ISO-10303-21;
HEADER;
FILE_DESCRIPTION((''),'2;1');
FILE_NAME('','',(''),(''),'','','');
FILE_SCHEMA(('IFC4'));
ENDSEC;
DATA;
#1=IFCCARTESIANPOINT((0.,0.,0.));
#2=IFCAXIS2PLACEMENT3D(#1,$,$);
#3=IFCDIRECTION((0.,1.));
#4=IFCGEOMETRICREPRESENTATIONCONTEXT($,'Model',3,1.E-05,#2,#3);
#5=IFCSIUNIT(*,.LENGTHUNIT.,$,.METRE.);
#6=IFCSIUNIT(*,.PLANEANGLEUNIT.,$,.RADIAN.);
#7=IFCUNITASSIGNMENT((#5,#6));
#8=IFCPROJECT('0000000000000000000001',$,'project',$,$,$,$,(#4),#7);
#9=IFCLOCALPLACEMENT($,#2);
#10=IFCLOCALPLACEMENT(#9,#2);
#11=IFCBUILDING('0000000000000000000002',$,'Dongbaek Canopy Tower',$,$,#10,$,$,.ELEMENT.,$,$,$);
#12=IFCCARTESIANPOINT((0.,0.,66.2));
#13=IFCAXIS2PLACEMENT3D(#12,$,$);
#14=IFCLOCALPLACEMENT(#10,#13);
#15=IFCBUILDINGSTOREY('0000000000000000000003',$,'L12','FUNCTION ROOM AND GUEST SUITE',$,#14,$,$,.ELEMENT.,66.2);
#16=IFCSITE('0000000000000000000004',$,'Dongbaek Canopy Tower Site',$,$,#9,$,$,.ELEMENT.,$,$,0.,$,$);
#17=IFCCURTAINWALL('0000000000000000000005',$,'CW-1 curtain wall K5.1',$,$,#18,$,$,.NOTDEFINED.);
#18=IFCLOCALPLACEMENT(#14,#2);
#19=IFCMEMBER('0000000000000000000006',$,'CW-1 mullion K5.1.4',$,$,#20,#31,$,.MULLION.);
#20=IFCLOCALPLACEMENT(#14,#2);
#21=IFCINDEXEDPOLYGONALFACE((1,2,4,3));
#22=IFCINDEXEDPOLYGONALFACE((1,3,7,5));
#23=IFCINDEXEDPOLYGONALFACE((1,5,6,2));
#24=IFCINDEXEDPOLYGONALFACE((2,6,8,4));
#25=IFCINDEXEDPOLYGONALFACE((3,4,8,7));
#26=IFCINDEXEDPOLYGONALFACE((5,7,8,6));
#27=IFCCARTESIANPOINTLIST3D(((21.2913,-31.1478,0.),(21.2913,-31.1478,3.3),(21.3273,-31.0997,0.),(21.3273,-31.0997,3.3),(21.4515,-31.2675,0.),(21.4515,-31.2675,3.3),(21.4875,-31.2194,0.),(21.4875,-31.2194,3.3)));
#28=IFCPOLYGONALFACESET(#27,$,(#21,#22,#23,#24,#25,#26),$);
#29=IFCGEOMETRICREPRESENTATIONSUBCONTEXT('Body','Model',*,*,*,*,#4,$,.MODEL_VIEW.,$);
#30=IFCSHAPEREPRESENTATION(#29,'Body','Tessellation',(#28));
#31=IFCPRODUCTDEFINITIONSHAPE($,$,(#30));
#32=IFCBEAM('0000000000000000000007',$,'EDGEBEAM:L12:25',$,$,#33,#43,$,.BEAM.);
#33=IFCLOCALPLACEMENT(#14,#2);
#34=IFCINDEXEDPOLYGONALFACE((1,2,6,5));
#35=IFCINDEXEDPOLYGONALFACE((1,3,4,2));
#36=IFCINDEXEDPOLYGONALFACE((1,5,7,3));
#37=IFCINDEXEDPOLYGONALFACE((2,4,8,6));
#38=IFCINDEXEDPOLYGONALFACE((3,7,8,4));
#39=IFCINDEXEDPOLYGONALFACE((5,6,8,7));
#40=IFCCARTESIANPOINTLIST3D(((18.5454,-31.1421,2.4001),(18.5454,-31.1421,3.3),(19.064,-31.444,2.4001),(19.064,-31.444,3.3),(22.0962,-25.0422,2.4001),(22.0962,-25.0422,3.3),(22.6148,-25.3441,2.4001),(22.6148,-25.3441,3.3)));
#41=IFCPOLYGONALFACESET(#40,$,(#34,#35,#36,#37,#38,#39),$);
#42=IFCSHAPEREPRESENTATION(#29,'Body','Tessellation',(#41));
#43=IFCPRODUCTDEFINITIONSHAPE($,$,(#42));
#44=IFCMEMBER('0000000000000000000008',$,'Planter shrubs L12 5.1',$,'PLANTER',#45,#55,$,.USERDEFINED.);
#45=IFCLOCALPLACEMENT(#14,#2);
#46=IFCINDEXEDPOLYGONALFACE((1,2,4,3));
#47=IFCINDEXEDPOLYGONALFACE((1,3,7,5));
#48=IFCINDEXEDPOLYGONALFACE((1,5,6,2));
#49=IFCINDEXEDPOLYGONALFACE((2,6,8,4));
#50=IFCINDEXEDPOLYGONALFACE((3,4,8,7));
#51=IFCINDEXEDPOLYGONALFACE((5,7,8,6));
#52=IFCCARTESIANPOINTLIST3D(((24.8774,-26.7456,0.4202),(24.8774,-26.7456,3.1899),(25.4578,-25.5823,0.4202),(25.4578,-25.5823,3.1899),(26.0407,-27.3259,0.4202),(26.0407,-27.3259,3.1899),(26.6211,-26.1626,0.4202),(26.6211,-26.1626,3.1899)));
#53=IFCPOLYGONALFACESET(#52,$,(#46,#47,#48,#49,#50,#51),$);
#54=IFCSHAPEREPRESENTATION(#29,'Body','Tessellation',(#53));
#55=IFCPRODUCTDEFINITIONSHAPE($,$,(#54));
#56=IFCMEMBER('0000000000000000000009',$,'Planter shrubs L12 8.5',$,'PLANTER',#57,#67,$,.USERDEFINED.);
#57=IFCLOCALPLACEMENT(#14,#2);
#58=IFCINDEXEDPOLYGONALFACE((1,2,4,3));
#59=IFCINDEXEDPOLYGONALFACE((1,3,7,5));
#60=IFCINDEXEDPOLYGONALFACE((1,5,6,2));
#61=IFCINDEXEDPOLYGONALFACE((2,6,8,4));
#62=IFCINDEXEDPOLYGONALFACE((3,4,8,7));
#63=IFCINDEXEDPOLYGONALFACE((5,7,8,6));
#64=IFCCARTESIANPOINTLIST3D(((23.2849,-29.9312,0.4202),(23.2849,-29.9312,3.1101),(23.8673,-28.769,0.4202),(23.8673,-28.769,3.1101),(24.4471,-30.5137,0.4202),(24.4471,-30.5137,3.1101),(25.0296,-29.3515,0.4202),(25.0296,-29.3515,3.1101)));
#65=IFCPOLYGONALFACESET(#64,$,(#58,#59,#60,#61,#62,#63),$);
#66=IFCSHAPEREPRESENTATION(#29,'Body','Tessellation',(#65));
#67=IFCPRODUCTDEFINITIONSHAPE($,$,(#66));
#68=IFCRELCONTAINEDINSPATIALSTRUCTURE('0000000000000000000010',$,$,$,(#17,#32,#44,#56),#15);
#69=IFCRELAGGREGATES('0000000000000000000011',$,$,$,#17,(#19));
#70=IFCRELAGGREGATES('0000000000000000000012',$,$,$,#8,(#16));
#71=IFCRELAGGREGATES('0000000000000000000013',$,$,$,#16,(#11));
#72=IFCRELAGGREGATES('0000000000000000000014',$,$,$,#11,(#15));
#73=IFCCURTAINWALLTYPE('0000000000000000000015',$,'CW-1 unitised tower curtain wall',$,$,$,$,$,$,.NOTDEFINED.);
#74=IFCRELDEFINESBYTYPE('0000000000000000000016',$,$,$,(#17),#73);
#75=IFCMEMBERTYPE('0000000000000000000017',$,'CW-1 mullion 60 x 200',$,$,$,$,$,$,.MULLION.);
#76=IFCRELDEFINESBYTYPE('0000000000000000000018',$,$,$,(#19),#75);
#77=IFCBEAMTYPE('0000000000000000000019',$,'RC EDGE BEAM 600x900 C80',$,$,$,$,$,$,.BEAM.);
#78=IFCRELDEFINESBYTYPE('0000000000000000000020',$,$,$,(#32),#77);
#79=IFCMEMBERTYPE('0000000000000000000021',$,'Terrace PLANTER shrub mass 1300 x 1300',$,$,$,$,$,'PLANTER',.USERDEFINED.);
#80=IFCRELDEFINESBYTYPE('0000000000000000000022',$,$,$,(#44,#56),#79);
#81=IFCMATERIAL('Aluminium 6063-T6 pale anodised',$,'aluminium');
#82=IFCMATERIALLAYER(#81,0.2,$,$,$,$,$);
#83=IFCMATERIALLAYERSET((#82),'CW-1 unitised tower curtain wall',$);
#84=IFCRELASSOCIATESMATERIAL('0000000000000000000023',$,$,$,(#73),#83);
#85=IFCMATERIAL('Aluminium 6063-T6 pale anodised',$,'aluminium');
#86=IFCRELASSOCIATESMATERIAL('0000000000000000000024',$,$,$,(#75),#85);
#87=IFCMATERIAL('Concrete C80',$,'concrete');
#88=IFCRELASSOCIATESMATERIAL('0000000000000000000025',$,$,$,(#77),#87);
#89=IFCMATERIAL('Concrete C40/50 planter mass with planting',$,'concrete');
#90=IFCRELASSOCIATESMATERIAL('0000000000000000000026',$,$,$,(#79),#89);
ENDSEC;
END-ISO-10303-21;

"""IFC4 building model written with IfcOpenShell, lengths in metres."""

from ifc_helpers import new_model, si_unit, direction, frame, origin, origin_2d, place, context, subcontext, project, spatial, rectangle, extrude, material, layer, layer_set, material_profile, profile_set, type_object, element, aggregate, save


model = new_model("IFC4")

# Units and contexts
model_context = context("Model", 3, precision=1e-05, world=origin(), true_north=direction((0.0, 1.0)))
body_context = subcontext(model_context, "Body", "Model", "MODEL_VIEW")
ifc_project = project(units=[si_unit("LENGTHUNIT", "METRE"), si_unit("PLANEANGLEUNIT", "RADIAN")], contexts=[model_context])

# Site, building, storey
site_placement = place(None, origin())
site = spatial("IfcSite", under=ifc_project, at=site_placement, Name="Dongbaek Canopy Tower Site", CompositionType="ELEMENT", RefElevation=0.0)
building_placement = place(site_placement, origin())
building = spatial("IfcBuilding", under=site, at=building_placement, Name="Dongbaek Canopy Tower", CompositionType="ELEMENT")
storey_placement = place(building_placement, frame((0.0, 0.0, 66.2)))
storey = spatial("IfcBuildingStorey", under=building, at=storey_placement, Name="L12", Description="FUNCTION ROOM AND GUEST SUITE", CompositionType="ELEMENT", Elevation=66.2)

# Curtain wall, member
ifc_material_1 = material(Name="Aluminium 6063-T6 pale anodised", Category="aluminium")
ifc_layer_1 = layer(ifc_material_1, 0.2)
ifc_layer_set_1 = layer_set([ifc_layer_1], Name="CW-1 unitised tower curtain wall")
curtain_wall_type = type_object("IfcCurtainWallType", Name="CW-1 unitised tower curtain wall", PredefinedType="NOTDEFINED", material=ifc_layer_set_1)
curtain_wall_placement = place(storey_placement, origin())
curtain_wall = element("IfcCurtainWall", 1, at=curtain_wall_placement, inside=storey, type_object=curtain_wall_type, Name="CW-1 curtain wall K5.1", PredefinedType="NOTDEFINED")
ifc_material_2 = material(Name="Aluminium 6063-T6 pale anodised", Category="aluminium")
ifc_material_profile_1 = material_profile(ifc_material_2, rectangle(XDim=0.2, YDim=0.0601, at=origin_2d()), Name="CW-1 mullion 60 x 200")
ifc_profile_set_1 = profile_set([ifc_material_profile_1], Name="Aluminium 6063-T6 pale anodised")
member_type_1 = type_object("IfcMemberType", Name="CW-1 mullion 60 x 200", PredefinedType="MULLION", material=ifc_profile_set_1)
member_1_placement = place(storey_placement, frame((21.3894, -31.1836, 0.0), z_axis=(0.0, 0.0, 1.0), x_axis=(0.801033, -0.59862, 0.0)))
member_1 = element("IfcMember", 2, at=member_1_placement, type_object=member_type_1, Name="CW-1 mullion K5.1.4", PredefinedType="MULLION", context=body_context, shape_type="SweptSolid", body=[
    extrude(rectangle(XDim=0.2, YDim=0.0601, at=origin_2d()), origin(), (0.0, 0.0, 1.0), 3.3),
])
aggregate(curtain_wall, [member_1])

# Beam
ifc_material_3 = material(Name="Concrete C80", Category="concrete")
ifc_material_profile_2 = material_profile(ifc_material_3, rectangle(XDim=0.6001, YDim=0.8999, at=origin_2d()), Name="RC EDGE BEAM 600x900 C80")
ifc_profile_set_2 = profile_set([ifc_material_profile_2], Name="Concrete C80")
beam_type = type_object("IfcBeamType", Name="RC EDGE BEAM 600x900 C80", PredefinedType="BEAM", material=ifc_profile_set_2)
beam_placement = place(storey_placement, frame((22.3555, -25.1931, 2.8501), z_axis=(-0.503082, -0.864239, 0.0), x_axis=(0.864239, -0.503082, 0.0)))
element("IfcBeam", 3, at=beam_placement, inside=storey, type_object=beam_type, Name="EDGEBEAM:L12:25", PredefinedType="BEAM", context=body_context, shape_type="SweptSolid", body=[
    extrude(rectangle(XDim=0.6001, YDim=0.8999, at=origin_2d()), origin(), (0.0, 0.0, 1.0), 7.0581),
])

# Members
ifc_material_4 = material(Name="Concrete C40/50 planter mass with planting", Category="concrete")
ifc_material_profile_3 = material_profile(ifc_material_4, rectangle(XDim=1.3, YDim=1.3, at=origin_2d()), Name="Terrace PLANTER shrub mass 1300 x 1300")
ifc_profile_set_3 = profile_set([ifc_material_profile_3], Name="Concrete C40/50 planter mass with planting")
member_type_2 = type_object("IfcMemberType", Name="Terrace PLANTER shrub mass 1300 x 1300", ElementType="PLANTER", PredefinedType="USERDEFINED", material=ifc_profile_set_3)
member_2_placement = place(storey_placement, frame((25.7493, -26.4541, 0.4202), z_axis=(0.0, 0.0, 1.0), x_axis=(0.894823, -0.44642, 0.0)))
element("IfcMember", 4, at=member_2_placement, inside=storey, type_object=member_type_2, Name="Planter shrubs L12 5.1", ObjectType="PLANTER", PredefinedType="USERDEFINED", context=body_context, shape_type="SweptSolid", body=[
    extrude(rectangle(XDim=1.3, YDim=1.3, at=origin_2d()), origin(), (0.0, 0.0, 1.0), 2.7698),
])
member_3_placement = place(storey_placement, frame((24.1572, -29.6414, 0.4202), z_axis=(0.0, 0.0, 1.0), x_axis=(0.894006, -0.448055, 0.0)))
element("IfcMember", 5, at=member_3_placement, inside=storey, type_object=member_type_2, Name="Planter shrubs L12 8.5", ObjectType="PLANTER", PredefinedType="USERDEFINED", context=body_context, shape_type="SweptSolid", body=[
    extrude(rectangle(XDim=1.3, YDim=1.3, at=origin_2d()), origin(), (0.0, 0.0, 1.0), 2.6899),
])

save(model, "model.ifc")
